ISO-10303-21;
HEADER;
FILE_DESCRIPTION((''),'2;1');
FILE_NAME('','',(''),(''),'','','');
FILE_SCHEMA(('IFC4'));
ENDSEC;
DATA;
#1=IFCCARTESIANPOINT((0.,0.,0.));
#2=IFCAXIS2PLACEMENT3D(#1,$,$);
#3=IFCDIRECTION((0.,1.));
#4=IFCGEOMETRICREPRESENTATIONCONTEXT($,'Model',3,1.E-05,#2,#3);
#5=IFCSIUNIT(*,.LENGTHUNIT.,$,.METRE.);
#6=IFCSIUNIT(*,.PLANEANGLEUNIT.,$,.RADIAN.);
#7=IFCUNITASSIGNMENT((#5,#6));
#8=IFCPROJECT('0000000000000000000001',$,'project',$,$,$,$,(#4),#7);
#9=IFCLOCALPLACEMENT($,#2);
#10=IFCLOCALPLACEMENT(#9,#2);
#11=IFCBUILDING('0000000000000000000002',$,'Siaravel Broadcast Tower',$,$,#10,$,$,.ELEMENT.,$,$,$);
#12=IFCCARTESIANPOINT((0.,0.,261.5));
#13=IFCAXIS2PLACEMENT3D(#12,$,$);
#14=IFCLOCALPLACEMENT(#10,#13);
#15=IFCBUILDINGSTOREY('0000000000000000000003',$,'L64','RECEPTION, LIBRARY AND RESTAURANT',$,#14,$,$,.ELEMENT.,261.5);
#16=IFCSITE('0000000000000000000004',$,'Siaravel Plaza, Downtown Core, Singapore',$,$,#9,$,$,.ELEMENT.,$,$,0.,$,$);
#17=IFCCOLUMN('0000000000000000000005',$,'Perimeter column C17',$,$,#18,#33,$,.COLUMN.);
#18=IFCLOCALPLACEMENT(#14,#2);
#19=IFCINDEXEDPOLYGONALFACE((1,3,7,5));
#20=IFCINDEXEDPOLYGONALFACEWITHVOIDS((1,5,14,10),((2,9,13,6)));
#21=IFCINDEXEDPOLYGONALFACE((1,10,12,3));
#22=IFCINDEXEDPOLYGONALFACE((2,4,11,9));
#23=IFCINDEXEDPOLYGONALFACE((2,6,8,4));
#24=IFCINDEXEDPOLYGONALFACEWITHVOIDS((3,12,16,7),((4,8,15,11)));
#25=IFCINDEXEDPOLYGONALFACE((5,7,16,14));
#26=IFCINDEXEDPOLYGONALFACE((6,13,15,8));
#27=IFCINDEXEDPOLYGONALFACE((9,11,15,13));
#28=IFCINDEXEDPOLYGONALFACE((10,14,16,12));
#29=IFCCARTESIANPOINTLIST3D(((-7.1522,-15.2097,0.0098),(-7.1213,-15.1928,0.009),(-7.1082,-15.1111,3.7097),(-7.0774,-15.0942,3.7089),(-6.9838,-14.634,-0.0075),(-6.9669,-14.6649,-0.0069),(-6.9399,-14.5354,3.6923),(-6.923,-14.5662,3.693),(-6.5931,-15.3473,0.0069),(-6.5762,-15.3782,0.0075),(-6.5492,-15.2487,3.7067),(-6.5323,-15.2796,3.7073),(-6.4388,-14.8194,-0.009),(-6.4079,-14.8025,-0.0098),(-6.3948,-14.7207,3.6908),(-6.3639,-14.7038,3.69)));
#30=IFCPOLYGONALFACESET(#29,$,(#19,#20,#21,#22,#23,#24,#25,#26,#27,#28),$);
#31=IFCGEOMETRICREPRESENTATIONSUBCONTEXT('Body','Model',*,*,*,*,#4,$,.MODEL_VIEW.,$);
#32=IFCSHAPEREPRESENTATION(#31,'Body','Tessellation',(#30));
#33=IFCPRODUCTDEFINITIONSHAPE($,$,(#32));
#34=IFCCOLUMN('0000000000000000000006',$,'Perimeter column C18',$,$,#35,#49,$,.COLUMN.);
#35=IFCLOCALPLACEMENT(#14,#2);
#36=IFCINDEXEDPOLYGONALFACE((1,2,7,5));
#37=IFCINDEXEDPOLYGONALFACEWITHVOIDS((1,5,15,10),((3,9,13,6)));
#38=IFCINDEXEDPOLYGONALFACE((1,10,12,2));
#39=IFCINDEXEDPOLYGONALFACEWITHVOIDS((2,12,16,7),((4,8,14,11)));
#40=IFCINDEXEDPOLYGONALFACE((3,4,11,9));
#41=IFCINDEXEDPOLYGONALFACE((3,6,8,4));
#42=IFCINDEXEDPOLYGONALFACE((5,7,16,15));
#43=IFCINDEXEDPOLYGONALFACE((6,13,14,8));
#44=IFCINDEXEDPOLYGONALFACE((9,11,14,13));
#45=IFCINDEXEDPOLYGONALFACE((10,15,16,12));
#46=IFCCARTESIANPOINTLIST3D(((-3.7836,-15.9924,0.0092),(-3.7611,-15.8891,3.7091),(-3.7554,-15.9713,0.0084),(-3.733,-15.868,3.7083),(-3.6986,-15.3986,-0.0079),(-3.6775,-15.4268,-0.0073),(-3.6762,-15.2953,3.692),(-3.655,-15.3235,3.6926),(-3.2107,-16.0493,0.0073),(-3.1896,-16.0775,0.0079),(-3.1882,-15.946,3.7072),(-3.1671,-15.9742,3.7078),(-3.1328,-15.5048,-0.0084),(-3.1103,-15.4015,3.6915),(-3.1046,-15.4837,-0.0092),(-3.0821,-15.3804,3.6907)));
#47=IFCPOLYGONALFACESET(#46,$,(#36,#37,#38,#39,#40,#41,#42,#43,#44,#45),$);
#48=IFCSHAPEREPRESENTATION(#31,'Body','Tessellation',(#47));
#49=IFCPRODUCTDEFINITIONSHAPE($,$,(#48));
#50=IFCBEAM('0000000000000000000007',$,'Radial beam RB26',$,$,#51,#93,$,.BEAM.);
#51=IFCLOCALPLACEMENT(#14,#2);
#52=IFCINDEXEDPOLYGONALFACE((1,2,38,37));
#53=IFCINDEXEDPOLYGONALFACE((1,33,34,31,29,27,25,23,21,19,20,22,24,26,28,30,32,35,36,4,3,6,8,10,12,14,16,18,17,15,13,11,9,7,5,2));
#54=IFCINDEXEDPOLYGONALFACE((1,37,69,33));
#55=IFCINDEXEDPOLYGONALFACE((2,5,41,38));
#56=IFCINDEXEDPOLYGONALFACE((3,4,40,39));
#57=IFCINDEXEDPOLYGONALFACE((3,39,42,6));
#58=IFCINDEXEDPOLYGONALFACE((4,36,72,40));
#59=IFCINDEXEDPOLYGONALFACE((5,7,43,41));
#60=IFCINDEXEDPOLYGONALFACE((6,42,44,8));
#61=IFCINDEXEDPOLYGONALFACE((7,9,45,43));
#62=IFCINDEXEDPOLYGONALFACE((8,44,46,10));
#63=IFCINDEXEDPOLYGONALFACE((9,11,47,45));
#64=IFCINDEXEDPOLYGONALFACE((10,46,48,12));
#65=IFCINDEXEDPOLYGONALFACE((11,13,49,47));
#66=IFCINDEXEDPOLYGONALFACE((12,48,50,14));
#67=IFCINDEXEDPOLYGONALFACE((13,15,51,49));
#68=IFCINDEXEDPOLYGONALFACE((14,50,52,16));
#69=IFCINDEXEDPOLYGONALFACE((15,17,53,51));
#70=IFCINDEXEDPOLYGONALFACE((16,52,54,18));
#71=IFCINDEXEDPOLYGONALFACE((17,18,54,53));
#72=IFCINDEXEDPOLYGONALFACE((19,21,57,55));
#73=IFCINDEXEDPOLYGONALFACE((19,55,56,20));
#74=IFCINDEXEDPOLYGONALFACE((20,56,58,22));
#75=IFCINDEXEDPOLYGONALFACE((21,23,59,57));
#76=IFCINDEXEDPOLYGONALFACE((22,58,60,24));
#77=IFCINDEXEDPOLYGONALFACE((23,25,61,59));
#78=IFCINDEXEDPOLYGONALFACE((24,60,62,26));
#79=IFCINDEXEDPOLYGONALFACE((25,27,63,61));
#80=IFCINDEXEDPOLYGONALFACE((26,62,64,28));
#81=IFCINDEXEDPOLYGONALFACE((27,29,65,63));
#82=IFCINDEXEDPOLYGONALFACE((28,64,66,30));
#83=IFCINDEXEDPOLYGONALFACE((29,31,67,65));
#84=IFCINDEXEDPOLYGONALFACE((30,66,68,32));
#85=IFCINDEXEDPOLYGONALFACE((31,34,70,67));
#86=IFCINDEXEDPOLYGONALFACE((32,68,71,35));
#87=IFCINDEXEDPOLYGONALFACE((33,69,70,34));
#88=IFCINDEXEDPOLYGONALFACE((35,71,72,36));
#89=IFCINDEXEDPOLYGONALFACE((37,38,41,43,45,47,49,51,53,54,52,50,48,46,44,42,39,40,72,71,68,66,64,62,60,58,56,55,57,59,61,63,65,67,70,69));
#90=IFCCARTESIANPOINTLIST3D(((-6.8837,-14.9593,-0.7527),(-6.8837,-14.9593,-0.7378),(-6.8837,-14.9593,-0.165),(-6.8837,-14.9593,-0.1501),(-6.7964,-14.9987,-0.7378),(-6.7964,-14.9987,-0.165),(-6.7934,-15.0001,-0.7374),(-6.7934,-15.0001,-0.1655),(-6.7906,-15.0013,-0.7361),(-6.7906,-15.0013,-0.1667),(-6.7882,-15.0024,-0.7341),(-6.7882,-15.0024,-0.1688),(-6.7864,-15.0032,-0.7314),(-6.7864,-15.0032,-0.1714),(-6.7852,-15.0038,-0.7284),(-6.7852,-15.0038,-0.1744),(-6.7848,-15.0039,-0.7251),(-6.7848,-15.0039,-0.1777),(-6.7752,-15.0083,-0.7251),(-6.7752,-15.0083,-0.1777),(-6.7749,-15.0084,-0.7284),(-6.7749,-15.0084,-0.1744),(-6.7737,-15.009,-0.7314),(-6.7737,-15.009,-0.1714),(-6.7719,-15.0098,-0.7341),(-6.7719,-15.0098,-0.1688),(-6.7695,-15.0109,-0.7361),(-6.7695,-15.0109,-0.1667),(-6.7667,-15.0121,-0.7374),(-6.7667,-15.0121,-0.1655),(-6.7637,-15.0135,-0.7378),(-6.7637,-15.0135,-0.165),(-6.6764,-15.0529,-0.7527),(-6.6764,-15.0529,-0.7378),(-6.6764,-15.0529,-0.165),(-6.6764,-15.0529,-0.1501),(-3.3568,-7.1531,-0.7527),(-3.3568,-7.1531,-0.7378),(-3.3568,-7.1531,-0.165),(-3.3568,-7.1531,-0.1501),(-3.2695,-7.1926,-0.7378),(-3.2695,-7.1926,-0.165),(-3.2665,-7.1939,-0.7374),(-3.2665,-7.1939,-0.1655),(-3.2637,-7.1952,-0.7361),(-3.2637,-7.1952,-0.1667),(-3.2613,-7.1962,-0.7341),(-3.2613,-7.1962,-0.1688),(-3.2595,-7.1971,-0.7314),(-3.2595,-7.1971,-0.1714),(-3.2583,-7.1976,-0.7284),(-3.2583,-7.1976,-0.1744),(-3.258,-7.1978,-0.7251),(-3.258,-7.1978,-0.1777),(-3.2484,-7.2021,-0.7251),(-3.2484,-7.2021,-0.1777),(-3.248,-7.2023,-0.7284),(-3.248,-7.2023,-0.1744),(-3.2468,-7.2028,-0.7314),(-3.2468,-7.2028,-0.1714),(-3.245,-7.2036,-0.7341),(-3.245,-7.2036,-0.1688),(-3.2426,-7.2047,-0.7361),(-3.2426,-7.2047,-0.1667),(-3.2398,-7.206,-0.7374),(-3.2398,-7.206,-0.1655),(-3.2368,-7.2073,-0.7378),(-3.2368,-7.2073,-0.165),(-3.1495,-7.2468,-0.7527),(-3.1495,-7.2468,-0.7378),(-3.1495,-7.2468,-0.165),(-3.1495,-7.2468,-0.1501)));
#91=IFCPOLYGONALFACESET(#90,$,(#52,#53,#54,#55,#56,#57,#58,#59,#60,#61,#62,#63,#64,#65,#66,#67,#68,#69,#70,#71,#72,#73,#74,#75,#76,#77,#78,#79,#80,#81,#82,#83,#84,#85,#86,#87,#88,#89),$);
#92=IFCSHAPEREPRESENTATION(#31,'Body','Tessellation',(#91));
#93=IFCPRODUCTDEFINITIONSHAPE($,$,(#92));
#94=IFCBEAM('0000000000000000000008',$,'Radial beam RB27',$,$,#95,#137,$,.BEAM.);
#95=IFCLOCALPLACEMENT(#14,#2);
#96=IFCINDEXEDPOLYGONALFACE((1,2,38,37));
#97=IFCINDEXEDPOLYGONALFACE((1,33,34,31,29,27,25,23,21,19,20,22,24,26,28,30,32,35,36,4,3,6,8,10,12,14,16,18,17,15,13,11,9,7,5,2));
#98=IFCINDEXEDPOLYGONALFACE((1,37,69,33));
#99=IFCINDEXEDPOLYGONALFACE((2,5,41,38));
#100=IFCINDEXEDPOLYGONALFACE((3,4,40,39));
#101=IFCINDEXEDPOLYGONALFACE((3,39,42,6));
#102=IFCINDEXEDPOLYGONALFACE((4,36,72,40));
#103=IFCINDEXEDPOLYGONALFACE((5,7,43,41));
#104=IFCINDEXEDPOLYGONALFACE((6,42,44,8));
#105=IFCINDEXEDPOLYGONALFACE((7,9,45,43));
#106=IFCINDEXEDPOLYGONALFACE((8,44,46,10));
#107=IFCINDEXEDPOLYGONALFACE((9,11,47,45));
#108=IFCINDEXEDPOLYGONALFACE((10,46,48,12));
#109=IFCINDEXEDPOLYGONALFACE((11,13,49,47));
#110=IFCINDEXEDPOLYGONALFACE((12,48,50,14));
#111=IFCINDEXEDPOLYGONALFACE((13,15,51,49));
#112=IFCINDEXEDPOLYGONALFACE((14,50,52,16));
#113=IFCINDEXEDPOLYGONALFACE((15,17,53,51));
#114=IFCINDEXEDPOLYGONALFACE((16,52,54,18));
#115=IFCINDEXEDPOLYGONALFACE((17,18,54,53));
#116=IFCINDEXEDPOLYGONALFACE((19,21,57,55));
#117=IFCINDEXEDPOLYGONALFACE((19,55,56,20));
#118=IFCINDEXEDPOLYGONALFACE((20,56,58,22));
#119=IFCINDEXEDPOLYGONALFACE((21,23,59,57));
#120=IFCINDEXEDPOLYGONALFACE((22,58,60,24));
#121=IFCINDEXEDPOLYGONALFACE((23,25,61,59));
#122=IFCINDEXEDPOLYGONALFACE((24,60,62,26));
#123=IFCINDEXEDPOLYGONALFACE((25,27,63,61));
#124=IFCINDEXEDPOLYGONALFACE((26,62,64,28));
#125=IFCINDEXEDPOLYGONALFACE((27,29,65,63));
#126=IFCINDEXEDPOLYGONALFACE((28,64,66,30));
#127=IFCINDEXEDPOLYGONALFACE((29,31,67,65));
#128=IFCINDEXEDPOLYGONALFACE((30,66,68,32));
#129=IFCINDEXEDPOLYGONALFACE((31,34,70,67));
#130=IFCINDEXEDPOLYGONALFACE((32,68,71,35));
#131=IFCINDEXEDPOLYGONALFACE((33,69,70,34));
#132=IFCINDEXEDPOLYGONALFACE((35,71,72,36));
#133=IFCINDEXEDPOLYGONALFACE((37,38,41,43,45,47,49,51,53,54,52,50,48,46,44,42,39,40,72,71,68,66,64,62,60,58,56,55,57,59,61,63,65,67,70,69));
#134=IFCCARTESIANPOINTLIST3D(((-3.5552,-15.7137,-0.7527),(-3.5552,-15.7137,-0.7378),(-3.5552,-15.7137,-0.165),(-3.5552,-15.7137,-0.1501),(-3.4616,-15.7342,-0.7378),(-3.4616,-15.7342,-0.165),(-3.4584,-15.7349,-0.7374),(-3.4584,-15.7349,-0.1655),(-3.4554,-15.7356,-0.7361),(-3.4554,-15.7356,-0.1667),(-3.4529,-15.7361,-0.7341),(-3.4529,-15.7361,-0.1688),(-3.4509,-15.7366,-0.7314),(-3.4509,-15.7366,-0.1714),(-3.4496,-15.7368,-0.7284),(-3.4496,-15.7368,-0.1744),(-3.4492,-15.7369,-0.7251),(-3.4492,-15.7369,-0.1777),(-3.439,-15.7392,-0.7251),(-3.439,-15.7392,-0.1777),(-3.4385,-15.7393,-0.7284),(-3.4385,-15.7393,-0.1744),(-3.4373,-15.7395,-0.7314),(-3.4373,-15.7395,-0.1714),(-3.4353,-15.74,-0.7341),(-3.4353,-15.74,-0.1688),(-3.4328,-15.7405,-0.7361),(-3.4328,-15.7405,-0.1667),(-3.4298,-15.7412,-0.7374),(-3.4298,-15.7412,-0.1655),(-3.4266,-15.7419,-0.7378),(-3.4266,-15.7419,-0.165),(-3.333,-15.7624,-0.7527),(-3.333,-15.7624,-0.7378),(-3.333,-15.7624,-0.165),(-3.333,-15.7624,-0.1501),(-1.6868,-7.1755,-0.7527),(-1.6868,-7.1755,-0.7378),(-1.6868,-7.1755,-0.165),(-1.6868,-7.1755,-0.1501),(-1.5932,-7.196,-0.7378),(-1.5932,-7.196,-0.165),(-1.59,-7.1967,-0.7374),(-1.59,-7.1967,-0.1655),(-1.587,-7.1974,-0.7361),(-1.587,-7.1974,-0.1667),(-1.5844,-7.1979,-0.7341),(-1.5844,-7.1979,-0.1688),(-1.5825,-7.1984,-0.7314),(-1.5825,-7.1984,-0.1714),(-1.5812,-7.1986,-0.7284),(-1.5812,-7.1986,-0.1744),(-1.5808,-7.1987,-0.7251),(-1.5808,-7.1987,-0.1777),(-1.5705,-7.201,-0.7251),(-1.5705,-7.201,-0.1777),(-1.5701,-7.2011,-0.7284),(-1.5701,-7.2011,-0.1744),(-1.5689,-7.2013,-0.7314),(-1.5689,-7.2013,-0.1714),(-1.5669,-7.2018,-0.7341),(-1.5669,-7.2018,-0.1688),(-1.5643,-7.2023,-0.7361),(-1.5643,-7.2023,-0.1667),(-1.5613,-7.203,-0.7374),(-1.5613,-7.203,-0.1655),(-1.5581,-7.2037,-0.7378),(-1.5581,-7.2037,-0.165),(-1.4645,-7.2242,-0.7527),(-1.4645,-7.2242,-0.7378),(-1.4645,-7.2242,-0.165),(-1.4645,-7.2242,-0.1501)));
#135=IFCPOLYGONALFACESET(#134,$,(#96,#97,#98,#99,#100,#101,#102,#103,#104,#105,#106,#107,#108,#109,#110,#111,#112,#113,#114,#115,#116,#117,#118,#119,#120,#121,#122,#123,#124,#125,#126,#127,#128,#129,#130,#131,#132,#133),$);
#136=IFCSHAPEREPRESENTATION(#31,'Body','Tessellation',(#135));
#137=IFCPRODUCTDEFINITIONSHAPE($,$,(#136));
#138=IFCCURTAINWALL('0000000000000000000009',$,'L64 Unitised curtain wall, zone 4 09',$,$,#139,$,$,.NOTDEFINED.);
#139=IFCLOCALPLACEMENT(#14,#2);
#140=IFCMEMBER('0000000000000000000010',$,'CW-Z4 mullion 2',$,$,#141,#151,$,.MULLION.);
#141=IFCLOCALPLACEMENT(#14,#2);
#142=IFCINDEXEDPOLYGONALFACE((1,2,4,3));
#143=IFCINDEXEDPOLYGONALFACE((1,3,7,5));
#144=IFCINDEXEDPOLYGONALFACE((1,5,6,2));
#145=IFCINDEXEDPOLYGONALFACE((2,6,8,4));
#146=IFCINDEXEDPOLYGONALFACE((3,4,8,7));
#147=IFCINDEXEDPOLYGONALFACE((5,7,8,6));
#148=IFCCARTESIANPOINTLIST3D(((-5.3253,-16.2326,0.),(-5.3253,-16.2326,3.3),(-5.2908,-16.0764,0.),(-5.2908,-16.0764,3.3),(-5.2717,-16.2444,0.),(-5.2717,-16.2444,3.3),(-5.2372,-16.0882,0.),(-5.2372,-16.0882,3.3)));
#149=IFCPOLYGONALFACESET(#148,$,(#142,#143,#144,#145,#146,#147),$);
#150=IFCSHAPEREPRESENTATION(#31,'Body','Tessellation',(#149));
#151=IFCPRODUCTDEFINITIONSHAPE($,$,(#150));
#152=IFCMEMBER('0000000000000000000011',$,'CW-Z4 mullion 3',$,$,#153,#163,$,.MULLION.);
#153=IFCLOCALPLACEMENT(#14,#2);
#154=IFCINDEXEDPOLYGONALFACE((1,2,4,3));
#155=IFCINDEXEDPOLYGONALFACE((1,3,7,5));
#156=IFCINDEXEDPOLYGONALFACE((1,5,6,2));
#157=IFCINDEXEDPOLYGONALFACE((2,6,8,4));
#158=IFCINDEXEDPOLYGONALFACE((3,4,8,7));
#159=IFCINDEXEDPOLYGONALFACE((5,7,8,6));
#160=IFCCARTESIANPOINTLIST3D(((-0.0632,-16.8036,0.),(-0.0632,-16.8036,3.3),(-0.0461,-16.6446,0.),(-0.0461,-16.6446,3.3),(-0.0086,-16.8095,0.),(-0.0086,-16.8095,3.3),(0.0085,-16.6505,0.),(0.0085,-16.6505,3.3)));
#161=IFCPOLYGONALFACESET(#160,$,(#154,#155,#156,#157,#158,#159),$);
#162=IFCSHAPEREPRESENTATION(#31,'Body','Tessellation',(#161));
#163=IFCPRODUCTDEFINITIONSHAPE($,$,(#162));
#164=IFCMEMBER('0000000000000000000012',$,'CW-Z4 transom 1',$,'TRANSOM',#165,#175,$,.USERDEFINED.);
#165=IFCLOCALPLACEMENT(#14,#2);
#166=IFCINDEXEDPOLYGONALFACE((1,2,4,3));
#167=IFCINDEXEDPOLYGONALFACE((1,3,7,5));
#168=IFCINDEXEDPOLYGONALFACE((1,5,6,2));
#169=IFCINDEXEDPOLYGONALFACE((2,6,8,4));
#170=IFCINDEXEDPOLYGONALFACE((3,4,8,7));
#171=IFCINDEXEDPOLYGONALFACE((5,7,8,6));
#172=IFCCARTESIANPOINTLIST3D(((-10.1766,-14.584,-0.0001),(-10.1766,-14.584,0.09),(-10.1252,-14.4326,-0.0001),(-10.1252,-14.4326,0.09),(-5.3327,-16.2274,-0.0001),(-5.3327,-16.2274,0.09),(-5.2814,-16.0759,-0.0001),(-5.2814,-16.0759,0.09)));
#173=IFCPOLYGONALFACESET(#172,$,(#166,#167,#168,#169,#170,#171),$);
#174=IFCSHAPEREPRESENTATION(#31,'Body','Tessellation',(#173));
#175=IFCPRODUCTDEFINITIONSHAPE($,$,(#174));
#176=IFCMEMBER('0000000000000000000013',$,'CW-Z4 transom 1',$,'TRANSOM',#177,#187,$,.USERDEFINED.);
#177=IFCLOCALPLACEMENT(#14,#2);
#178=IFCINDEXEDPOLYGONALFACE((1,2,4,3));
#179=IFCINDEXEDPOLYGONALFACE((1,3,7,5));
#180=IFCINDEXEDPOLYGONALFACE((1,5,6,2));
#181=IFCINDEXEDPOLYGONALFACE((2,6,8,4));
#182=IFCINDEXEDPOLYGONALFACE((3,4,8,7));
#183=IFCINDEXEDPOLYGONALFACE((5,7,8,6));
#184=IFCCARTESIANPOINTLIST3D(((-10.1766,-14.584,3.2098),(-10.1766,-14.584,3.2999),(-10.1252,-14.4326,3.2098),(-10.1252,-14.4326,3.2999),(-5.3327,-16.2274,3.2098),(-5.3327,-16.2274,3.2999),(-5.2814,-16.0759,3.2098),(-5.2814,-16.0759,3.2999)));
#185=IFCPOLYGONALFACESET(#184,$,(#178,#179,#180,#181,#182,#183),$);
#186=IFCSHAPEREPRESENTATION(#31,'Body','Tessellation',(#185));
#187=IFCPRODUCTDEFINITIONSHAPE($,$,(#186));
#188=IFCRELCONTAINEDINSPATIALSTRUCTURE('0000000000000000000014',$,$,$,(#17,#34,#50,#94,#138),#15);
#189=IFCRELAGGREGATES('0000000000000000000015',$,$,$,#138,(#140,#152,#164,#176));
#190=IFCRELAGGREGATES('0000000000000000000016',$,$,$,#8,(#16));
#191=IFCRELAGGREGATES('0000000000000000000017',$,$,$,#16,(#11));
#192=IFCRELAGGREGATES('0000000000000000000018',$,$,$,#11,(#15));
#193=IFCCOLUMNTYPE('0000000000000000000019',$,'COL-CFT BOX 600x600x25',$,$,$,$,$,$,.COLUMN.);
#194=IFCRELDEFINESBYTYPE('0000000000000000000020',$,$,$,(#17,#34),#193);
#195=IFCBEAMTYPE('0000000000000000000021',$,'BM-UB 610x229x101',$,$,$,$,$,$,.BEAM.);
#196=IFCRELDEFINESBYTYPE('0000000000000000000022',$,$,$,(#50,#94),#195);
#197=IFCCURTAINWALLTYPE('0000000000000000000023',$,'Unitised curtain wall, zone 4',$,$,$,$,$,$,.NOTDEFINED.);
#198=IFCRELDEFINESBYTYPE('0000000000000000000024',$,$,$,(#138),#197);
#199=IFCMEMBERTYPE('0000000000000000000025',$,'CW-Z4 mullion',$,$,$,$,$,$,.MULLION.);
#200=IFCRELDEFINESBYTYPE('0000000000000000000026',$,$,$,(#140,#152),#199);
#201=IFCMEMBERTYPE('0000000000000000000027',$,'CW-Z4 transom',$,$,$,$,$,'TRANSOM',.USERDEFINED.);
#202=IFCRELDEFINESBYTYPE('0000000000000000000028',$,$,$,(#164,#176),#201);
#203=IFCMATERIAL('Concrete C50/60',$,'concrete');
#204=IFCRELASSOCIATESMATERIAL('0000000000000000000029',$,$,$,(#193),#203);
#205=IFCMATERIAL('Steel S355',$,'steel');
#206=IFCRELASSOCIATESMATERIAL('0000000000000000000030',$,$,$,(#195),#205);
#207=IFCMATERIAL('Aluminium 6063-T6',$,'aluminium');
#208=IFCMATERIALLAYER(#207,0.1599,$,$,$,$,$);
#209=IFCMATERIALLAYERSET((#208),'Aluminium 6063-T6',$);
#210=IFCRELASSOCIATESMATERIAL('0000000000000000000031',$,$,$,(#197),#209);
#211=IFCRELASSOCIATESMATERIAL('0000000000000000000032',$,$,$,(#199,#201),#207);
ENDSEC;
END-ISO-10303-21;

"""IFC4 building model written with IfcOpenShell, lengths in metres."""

from ifc_helpers import new_model, si_unit, direction, frame, origin, origin_2d, place, context, subcontext, project, spatial, rectangle, hollow_rectangle, i_section, extrude, material, layer, layer_set, material_profile, profile_set, type_object, element, aggregate, save


model = new_model("IFC4")

# Units and contexts
model_context = context("Model", 3, precision=1e-05, world=origin(), true_north=direction((0.0, 1.0)))
body_context = subcontext(model_context, "Body", "Model", "MODEL_VIEW")
ifc_project = project(units=[si_unit("LENGTHUNIT", "METRE"), si_unit("PLANEANGLEUNIT", "RADIAN")], contexts=[model_context])

# Site, building, storey
site_placement = place(None, origin())
site = spatial("IfcSite", under=ifc_project, at=site_placement, Name="Siaravel Plaza, Downtown Core, Singapore", CompositionType="ELEMENT", RefElevation=0.0)
building_placement = place(site_placement, origin())
building = spatial("IfcBuilding", under=site, at=building_placement, Name="Siaravel Broadcast Tower", CompositionType="ELEMENT")
storey_placement = place(building_placement, frame((0.0, 0.0, 261.5)))
storey = spatial("IfcBuildingStorey", under=building, at=storey_placement, Name="L64", Description="RECEPTION, LIBRARY AND RESTAURANT", CompositionType="ELEMENT", Elevation=261.5)

# Columns
ifc_material_1 = material(Name="Concrete C50/60", Category="concrete")
ifc_material_profile_1 = material_profile(ifc_material_1, hollow_rectangle(XDim=0.6001, YDim=0.6001, WallThickness=0.0249, at=origin_2d()))
ifc_profile_set_1 = profile_set([ifc_material_profile_1], Name="Concrete C50/60")
column_type = type_object("IfcColumnType", Name="COL-CFT BOX 600x600x25", PredefinedType="COLUMN", material=ifc_profile_set_1)
for number, where, z_axis, x_axis, name in (
    (1, (-6.78, -15.0061, 0.0), (0.011872, 0.026647, 0.999574), (-0.959772, 0.280754, 0.003915), "Perimeter column C17"),
    (2, (-3.4441, -15.738, 0.0), (0.006068, 0.0279, 0.999592), (-0.989905, 0.141714, 0.002054), "Perimeter column C18"),
):
    element("IfcColumn", number, at=place(storey_placement, frame(where, z_axis=z_axis, x_axis=x_axis)), inside=storey, type_object=column_type, Name=name, PredefinedType="COLUMN", context=body_context, shape_type="SweptSolid", body=[
        extrude(hollow_rectangle(XDim=0.6001, YDim=0.6001, WallThickness=0.0249, at=origin_2d()), origin(), (0.0, 0.0, 1.0), 3.7014),
    ])

# Beams
ifc_material_2 = material(Name="Steel S355", Category="steel")
ifc_material_profile_2 = material_profile(ifc_material_2, i_section(OverallWidth=0.2275, OverallDepth=0.6025, WebThickness=0.0105, FlangeThickness=0.0149, FilletRadius=0.0127, at=origin_2d()))
ifc_profile_set_2 = profile_set([ifc_material_profile_2], Name="Steel S355")
beam_type = type_object("IfcBeamType", Name="BM-UB 610x229x101", PredefinedType="BEAM", material=ifc_profile_set_2)
beam_1_placement = place(storey_placement, frame((-6.78, -15.0061, -0.4514), z_axis=(0.411732, 0.911305, 0.0), x_axis=(-0.911305, 0.411732, 0.0)))
element("IfcBeam", 3, at=beam_1_placement, inside=storey, type_object=beam_type, Name="Radial beam RB26", PredefinedType="BEAM", context=body_context, shape_type="SweptSolid", body=[
    extrude(i_section(OverallWidth=0.2275, OverallDepth=0.6025, WebThickness=0.0105, FlangeThickness=0.0149, FilletRadius=0.0127, at=origin_2d()), origin(), (0.0, 0.0, 1.0), 8.5659),
])
beam_2_placement = place(storey_placement, frame((-3.4441, -15.738, -0.4514), z_axis=(0.213774, 0.976883, 0.0), x_axis=(-0.976883, 0.213774, 0.0)))
element("IfcBeam", 4, at=beam_2_placement, inside=storey, type_object=beam_type, Name="Radial beam RB27", PredefinedType="BEAM", context=body_context, shape_type="SweptSolid", body=[
    extrude(i_section(OverallWidth=0.2275, OverallDepth=0.6025, WebThickness=0.0105, FlangeThickness=0.0149, FilletRadius=0.0127, at=origin_2d()), origin(), (0.0, 0.0, 1.0), 8.7402),
])

# Curtain wall, members
ifc_material_3 = material(Name="Aluminium 6063-T6", Category="aluminium")
ifc_layer_1 = layer(ifc_material_3, 0.1599)
ifc_layer_set_1 = layer_set([ifc_layer_1], Name="Aluminium 6063-T6")
curtain_wall_type = type_object("IfcCurtainWallType", Name="Unitised curtain wall, zone 4", PredefinedType="NOTDEFINED", material=ifc_layer_set_1)
curtain_wall_placement = place(storey_placement, origin())
curtain_wall = element("IfcCurtainWall", 5, at=curtain_wall_placement, inside=storey, type_object=curtain_wall_type, Name="L64 Unitised curtain wall, zone 4 09", PredefinedType="NOTDEFINED")
ifc_material_profile_3 = material_profile(ifc_material_3, rectangle(XDim=0.1599, YDim=0.0549, at=origin_2d()))
ifc_profile_set_3 = profile_set([ifc_material_profile_3], Name="Aluminium 6063-T6")
member_type_1 = type_object("IfcMemberType", Name="CW-Z4 mullion", PredefinedType="MULLION", material=ifc_profile_set_3)
member_1_placement = place(storey_placement, frame((-5.2812, -16.1604, 0.0), z_axis=(0.0, 0.0, 1.0), x_axis=(0.215559, 0.976491, 0.0)))
member_1 = element("IfcMember", 6, at=member_1_placement, type_object=member_type_1, Name="CW-Z4 mullion 2", PredefinedType="MULLION", context=body_context, shape_type="SweptSolid", body=[
    extrude(rectangle(XDim=0.1599, YDim=0.0549, at=origin_2d()), origin(), (0.0, 0.0, 1.0), 3.3),
])
member_2_placement = place(storey_placement, frame((-0.0273, -16.7271, 0.0), z_axis=(0.0, 0.0, 1.0), x_axis=(0.107218, 0.994236, 0.0)))
member_2 = element("IfcMember", 7, at=member_2_placement, type_object=member_type_1, Name="CW-Z4 mullion 3", PredefinedType="MULLION", context=body_context, shape_type="SweptSolid", body=[
    extrude(rectangle(XDim=0.1599, YDim=0.0549, at=origin_2d()), origin(), (0.0, 0.0, 1.0), 3.3),
])
ifc_material_profile_4 = material_profile(ifc_material_3, rectangle(XDim=0.1599, YDim=0.0901, at=origin_2d()))
ifc_profile_set_4 = profile_set([ifc_material_profile_4], Name="Aluminium 6063-T6")
member_type_2 = type_object("IfcMemberType", Name="CW-Z4 transom", ElementType="TRANSOM", PredefinedType="USERDEFINED", material=ifc_profile_set_4)
member_3_placement = place(storey_placement, frame((-10.1509, -14.5083, 0.0449), z_axis=(0.946985, -0.321278, 0.0), x_axis=(0.321278, 0.946985, 0.0)))
member_3 = element("IfcMember", 8, at=member_3_placement, type_object=member_type_2, Name="CW-Z4 transom 1", ObjectType="TRANSOM", PredefinedType="USERDEFINED", context=body_context, shape_type="SweptSolid", body=[
    extrude(rectangle(XDim=0.1599, YDim=0.0901, at=origin_2d()), origin(), (0.0, 0.0, 1.0), 5.115),
])
member_4_placement = place(storey_placement, frame((-10.1509, -14.5083, 3.2549), z_axis=(0.946985, -0.321278, 0.0), x_axis=(0.321278, 0.946985, 0.0)))
member_4 = element("IfcMember", 9, at=member_4_placement, type_object=member_type_2, Name="CW-Z4 transom 1", ObjectType="TRANSOM", PredefinedType="USERDEFINED", context=body_context, shape_type="SweptSolid", body=[
    extrude(rectangle(XDim=0.1599, YDim=0.0901, at=origin_2d()), origin(), (0.0, 0.0, 1.0), 5.115),
])

aggregate(curtain_wall, [member_1, member_2, member_3, member_4])

save(model, "model.ifc")
